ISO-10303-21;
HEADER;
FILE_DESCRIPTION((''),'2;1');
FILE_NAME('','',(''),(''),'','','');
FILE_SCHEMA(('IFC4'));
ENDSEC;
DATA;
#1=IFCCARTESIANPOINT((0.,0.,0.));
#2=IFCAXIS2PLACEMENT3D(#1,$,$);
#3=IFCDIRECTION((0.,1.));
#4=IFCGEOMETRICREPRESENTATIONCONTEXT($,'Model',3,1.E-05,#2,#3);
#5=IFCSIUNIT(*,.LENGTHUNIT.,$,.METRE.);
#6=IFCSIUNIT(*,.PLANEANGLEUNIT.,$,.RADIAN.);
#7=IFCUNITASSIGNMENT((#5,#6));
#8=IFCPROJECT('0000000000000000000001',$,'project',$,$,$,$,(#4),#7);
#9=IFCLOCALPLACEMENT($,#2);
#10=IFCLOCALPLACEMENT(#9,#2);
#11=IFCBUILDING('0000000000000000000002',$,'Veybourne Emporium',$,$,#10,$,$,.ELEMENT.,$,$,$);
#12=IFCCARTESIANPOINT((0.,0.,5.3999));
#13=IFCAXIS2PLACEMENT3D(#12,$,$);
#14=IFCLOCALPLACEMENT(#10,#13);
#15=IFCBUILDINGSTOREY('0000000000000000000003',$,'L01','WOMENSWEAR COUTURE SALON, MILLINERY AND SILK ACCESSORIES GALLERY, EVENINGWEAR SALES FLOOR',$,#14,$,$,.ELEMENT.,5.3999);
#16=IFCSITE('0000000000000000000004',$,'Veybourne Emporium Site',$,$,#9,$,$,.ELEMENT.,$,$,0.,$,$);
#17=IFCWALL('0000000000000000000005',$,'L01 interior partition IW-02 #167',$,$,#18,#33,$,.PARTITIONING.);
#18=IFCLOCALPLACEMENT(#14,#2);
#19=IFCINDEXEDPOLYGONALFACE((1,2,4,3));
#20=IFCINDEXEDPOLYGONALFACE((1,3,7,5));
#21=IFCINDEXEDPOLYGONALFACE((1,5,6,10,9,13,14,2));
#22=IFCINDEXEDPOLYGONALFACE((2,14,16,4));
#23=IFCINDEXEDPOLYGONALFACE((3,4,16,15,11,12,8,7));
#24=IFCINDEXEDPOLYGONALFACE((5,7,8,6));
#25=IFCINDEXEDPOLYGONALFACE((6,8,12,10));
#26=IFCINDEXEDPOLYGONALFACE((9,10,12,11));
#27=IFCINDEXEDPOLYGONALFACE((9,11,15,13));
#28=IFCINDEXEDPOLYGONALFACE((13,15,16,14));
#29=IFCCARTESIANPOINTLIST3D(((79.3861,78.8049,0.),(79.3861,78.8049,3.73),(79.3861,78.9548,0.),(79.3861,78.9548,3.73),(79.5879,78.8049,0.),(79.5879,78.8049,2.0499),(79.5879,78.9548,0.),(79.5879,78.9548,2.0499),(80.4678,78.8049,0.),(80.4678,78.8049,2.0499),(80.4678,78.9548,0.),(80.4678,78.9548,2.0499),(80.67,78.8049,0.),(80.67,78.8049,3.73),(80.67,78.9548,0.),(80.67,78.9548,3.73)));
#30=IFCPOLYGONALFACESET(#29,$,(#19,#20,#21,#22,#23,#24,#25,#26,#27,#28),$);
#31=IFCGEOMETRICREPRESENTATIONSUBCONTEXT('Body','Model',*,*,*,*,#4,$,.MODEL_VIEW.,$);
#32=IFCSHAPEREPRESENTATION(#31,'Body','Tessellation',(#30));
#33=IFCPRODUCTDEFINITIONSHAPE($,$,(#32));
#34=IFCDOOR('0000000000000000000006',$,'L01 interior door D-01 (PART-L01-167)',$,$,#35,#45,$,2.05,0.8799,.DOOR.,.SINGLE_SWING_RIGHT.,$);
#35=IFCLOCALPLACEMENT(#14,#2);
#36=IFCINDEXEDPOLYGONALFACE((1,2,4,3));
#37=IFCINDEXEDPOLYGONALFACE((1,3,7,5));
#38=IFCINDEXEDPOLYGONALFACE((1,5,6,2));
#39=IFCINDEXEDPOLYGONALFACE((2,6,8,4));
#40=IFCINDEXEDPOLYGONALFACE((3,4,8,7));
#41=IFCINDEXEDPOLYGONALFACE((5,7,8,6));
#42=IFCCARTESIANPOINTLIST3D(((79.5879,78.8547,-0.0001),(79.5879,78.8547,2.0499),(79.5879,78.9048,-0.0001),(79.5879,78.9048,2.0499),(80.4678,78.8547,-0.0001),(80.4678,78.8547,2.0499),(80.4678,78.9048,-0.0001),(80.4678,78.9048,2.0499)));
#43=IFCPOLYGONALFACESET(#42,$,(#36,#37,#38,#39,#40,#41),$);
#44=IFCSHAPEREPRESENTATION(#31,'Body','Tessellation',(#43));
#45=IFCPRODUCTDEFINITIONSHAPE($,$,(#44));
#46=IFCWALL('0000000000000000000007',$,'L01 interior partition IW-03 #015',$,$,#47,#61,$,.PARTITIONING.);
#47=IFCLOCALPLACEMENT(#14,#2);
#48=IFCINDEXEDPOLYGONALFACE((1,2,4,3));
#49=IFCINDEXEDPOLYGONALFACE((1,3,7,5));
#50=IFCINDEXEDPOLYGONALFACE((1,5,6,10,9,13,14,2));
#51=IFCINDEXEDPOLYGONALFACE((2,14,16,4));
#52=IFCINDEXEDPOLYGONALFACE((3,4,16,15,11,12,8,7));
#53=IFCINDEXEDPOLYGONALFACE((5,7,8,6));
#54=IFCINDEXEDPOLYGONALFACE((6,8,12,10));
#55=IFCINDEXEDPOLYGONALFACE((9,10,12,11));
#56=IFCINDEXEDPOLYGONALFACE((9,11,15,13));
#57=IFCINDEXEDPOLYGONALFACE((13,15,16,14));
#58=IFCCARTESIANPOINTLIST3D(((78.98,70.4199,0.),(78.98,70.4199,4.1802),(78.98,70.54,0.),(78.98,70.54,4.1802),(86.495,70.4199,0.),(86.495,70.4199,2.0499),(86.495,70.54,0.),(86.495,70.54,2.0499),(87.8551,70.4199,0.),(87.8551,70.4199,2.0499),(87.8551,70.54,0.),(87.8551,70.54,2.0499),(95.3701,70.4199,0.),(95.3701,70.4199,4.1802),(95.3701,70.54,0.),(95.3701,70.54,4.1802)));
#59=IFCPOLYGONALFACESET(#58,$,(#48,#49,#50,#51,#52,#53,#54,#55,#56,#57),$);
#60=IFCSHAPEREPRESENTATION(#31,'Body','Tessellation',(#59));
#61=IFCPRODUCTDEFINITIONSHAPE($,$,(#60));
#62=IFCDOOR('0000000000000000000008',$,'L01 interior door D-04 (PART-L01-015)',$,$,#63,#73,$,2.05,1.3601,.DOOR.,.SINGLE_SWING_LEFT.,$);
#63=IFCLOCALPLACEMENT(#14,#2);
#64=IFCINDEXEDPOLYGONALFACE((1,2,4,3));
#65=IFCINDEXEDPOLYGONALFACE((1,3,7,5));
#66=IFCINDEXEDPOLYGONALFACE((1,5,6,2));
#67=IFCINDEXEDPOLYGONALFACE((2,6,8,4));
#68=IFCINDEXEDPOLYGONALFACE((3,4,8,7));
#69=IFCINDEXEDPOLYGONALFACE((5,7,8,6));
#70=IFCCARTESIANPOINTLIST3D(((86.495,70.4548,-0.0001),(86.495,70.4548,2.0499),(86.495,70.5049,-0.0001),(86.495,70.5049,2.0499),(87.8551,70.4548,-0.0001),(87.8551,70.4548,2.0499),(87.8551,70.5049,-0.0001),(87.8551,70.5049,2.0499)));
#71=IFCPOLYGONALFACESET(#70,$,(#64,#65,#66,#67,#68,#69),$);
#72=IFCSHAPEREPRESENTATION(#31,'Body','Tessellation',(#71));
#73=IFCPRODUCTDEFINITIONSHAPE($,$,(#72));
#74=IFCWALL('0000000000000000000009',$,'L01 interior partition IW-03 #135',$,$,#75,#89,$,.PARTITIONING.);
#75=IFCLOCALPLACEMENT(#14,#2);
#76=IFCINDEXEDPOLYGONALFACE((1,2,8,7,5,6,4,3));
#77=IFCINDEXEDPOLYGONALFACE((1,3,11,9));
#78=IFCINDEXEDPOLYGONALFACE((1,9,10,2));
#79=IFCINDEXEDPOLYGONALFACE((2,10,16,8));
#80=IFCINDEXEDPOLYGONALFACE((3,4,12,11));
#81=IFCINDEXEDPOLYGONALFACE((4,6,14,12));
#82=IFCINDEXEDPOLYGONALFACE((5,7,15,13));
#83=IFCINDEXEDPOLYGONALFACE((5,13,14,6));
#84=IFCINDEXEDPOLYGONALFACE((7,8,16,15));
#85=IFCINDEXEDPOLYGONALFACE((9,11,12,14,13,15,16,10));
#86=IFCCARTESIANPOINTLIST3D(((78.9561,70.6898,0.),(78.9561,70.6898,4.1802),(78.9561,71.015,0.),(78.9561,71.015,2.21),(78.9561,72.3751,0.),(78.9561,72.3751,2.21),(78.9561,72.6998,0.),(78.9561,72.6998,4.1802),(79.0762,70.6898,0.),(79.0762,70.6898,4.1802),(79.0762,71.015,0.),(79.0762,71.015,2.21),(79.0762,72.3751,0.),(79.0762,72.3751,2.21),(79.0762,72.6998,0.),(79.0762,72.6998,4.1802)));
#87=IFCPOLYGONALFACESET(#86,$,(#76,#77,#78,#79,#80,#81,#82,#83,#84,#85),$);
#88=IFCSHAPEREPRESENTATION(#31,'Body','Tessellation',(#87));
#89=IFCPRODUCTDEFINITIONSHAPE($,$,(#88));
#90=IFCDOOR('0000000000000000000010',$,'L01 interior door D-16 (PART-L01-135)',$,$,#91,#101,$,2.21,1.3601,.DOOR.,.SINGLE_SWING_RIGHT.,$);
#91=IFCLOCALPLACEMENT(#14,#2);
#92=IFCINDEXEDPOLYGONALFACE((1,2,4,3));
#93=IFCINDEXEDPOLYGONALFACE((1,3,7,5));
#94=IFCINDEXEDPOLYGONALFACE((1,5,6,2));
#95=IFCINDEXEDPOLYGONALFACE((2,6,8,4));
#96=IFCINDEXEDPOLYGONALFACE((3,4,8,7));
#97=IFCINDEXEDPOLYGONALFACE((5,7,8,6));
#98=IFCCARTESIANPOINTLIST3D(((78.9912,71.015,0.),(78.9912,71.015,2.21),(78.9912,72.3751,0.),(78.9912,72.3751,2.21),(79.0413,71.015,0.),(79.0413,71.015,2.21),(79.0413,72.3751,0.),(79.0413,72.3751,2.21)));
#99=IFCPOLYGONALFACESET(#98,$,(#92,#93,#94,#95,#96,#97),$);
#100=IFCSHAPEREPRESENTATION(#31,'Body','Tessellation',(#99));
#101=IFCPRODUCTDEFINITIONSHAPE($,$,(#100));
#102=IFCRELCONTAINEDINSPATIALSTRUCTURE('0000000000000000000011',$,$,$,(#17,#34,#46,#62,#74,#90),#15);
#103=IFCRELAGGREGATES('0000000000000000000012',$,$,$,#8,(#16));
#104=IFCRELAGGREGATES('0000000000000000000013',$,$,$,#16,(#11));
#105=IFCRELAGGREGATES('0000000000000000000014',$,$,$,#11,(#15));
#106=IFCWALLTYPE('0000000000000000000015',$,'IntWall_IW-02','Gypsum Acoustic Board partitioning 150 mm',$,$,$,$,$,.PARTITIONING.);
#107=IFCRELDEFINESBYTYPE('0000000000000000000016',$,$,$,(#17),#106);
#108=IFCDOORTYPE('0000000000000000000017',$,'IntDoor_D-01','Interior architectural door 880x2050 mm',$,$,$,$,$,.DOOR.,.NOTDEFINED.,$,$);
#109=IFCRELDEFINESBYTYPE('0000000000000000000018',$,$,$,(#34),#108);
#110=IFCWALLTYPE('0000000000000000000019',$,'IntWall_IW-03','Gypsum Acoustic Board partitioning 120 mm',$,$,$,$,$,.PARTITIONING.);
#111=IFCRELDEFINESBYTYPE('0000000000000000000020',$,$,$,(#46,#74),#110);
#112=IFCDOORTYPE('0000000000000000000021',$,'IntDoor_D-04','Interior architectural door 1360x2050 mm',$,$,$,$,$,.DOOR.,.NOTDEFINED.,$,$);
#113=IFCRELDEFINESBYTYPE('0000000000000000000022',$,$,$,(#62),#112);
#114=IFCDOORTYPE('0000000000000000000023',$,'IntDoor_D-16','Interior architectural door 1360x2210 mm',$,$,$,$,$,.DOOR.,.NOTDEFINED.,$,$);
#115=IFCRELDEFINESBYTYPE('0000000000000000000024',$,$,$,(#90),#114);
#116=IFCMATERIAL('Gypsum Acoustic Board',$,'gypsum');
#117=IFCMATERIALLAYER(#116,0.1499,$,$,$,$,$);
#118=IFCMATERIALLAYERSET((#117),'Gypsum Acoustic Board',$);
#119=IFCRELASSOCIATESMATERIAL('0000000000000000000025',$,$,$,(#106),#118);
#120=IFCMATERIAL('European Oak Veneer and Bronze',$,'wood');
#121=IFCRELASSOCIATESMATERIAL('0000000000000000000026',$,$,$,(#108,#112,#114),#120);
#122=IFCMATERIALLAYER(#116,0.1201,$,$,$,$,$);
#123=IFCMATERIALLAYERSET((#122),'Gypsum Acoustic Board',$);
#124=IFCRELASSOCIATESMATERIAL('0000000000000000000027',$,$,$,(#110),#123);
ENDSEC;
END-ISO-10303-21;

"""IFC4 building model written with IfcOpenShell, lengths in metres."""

from ifc_helpers import new_model, si_unit, direction, frame, frame_2d, origin, place, context, subcontext, project, spatial, rectangle, extrude, material, layer, layer_set, type_object, element, fill, save


model = new_model("IFC4")

# Units and contexts
model_context = context("Model", 3, precision=1e-05, world=origin(), true_north=direction((0.0, 1.0)))
body_context = subcontext(model_context, "Body", "Model", "MODEL_VIEW")
ifc_project = project(units=[si_unit("LENGTHUNIT", "METRE"), si_unit("PLANEANGLEUNIT", "RADIAN")], contexts=[model_context])

# Site, building, storey
site_placement = place(None, origin())
site = spatial("IfcSite", under=ifc_project, at=site_placement, Name="Veybourne Emporium Site", CompositionType="ELEMENT", RefElevation=0.0)
building_placement = place(site_placement, origin())
building = spatial("IfcBuilding", under=site, at=building_placement, Name="Veybourne Emporium", CompositionType="ELEMENT")
storey_placement = place(building_placement, frame((0.0, 0.0, 5.3999)))
storey = spatial("IfcBuildingStorey", under=building, at=storey_placement, Name="L01", Description="WOMENSWEAR COUTURE SALON, MILLINERY AND SILK ACCESSORIES GALLERY, EVENINGWEAR SALES FLOOR", CompositionType="ELEMENT", Elevation=5.3999)

# Shared definitions
ifc_material_1 = material(Name="Gypsum Acoustic Board", Category="gypsum")
ifc_layer_1 = layer(ifc_material_1, 0.1499)
ifc_layer_set_1 = layer_set([ifc_layer_1], Name="Gypsum Acoustic Board")
wall_type_1 = type_object("IfcWallType", Name="IntWall_IW-02", Description="Gypsum Acoustic Board partitioning 150 mm", PredefinedType="PARTITIONING", material=ifc_layer_set_1)
ifc_material_2 = material(Name="European Oak Veneer and Bronze", Category="wood")

# Walls, openings, doors
door_type_1 = type_object("IfcDoorType", Name="IntDoor_D-01", Description="Interior architectural door 880x2050 mm", OperationType="NOTDEFINED", PredefinedType="DOOR", material=ifc_material_2)
wall_1_placement = place(storey_placement, frame((79.386, 78.8799, 0.0), z_axis=(0.0, 0.0, 1.0), x_axis=(1.0, 0.0, 0.0)))
wall_1 = element("IfcWall", 1, at=wall_1_placement, inside=storey, type_object=wall_type_1, Name="L01 interior partition IW-02 #167", PredefinedType="PARTITIONING", context=body_context, shape_type="SweptSolid", body=[
    extrude(rectangle(XDim=1.2839, YDim=0.1499, at=frame_2d((0.6421, 0.0))), origin(), (0.0, 0.0, 1.0), 3.73),
])
opening_1_placement = place(wall_1_placement, frame((0.2019, 0.0, 0.0)))
opening_1 = element("IfcOpeningElement", 2, at=opening_1_placement, cuts=wall_1, PredefinedType="OPENING", context=body_context, shape_type="SweptSolid", body=[
    extrude(rectangle(XDim=0.8799, YDim=2.05, at=frame_2d((0.4399, 1.0249))), frame((0.0, 0.095, 0.0), z_axis=(0.0, -1.0, 0.0), x_axis=(1.0, 0.0, 0.0)), (0.0, 0.0, 1.0), 0.1899),
])
door_1_placement = place(opening_1_placement, origin())
door_1 = element("IfcDoor", 3, at=door_1_placement, inside=storey, type_object=door_type_1, Name="L01 interior door D-01 (PART-L01-167)", OperationType="SINGLE_SWING_RIGHT", OverallHeight=2.05, OverallWidth=0.8799, PredefinedType="DOOR", context=body_context, shape_type="SweptSolid", body=[
    extrude(rectangle(XDim=0.8799, YDim=2.05, at=frame_2d((0.4399, 1.0249))), frame((0.0, 0.0249, 0.0), z_axis=(0.0, -1.0, 0.0), x_axis=(1.0, 0.0, 0.0)), (0.0, 0.0, 1.0), 0.05),
])
fill(opening_1, door_1)
ifc_layer_2 = layer(ifc_material_1, 0.1201)
ifc_layer_set_2 = layer_set([ifc_layer_2], Name="Gypsum Acoustic Board")
wall_type_2 = type_object("IfcWallType", Name="IntWall_IW-03", Description="Gypsum Acoustic Board partitioning 120 mm", PredefinedType="PARTITIONING", material=ifc_layer_set_2)
wall_2_placement = place(storey_placement, frame((78.98, 70.48, 0.0), z_axis=(0.0, 0.0, 1.0), x_axis=(1.0, 0.0, 0.0)))
wall_2 = element("IfcWall", 4, at=wall_2_placement, inside=storey, type_object=wall_type_2, Name="L01 interior partition IW-03 #015", PredefinedType="PARTITIONING", context=body_context, shape_type="SweptSolid", body=[
    extrude(rectangle(XDim=16.3901, YDim=0.1201, at=frame_2d((8.1951, 0.0))), origin(), (0.0, 0.0, 1.0), 4.1802),
])
opening_2_placement = place(wall_2_placement, frame((7.5149, 0.0, 0.0)))
opening_2 = element("IfcOpeningElement", 5, at=opening_2_placement, cuts=wall_2, PredefinedType="OPENING", context=body_context, shape_type="SweptSolid", body=[
    extrude(rectangle(XDim=1.3601, YDim=2.05, at=frame_2d((0.6802, 1.0249))), frame((0.0, 0.0801, 0.0), z_axis=(0.0, -1.0, 0.0), x_axis=(1.0, 0.0, 0.0)), (0.0, 0.0, 1.0), 0.1602),
])
door_type_2 = type_object("IfcDoorType", Name="IntDoor_D-04", Description="Interior architectural door 1360x2050 mm", OperationType="NOTDEFINED", PredefinedType="DOOR", material=ifc_material_2)
door_2_placement = place(opening_2_placement, origin())
door_2 = element("IfcDoor", 6, at=door_2_placement, inside=storey, type_object=door_type_2, Name="L01 interior door D-04 (PART-L01-015)", OperationType="SINGLE_SWING_LEFT", OverallHeight=2.05, OverallWidth=1.3601, PredefinedType="DOOR", context=body_context, shape_type="SweptSolid", body=[
    extrude(rectangle(XDim=1.3601, YDim=2.05, at=frame_2d((0.6802, 1.0249))), frame((0.0, 0.0249, 0.0), z_axis=(0.0, -1.0, 0.0), x_axis=(1.0, 0.0, 0.0)), (0.0, 0.0, 1.0), 0.05),
])
fill(opening_2, door_2)
wall_3_placement = place(storey_placement, frame((79.0161, 70.6899, 0.0), z_axis=(0.0, 0.0, 1.0), x_axis=(0.0, 1.0, 0.0)))
wall_3 = element("IfcWall", 7, at=wall_3_placement, inside=storey, type_object=wall_type_2, Name="L01 interior partition IW-03 #135", PredefinedType="PARTITIONING", context=body_context, shape_type="SweptSolid", body=[
    extrude(rectangle(XDim=2.01, YDim=0.1201, at=frame_2d((1.0049, 0.0))), origin(), (0.0, 0.0, 1.0), 4.1802),
])
opening_3_placement = place(wall_3_placement, frame((0.325, 0.0, 0.0)))
opening_3 = element("IfcOpeningElement", 8, at=opening_3_placement, cuts=wall_3, PredefinedType="OPENING", context=body_context, shape_type="SweptSolid", body=[
    extrude(rectangle(XDim=1.3601, YDim=2.21, at=frame_2d((0.6802, 1.105))), frame((0.0, 0.0801, 0.0), z_axis=(0.0, -1.0, 0.0), x_axis=(1.0, 0.0, 0.0)), (0.0, 0.0, 1.0), 0.1602),
])
door_type_3 = type_object("IfcDoorType", Name="IntDoor_D-16", Description="Interior architectural door 1360x2210 mm", OperationType="NOTDEFINED", PredefinedType="DOOR", material=ifc_material_2)
door_3_placement = place(opening_3_placement, origin())
door_3 = element("IfcDoor", 9, at=door_3_placement, inside=storey, type_object=door_type_3, Name="L01 interior door D-16 (PART-L01-135)", OperationType="SINGLE_SWING_RIGHT", OverallHeight=2.21, OverallWidth=1.3601, PredefinedType="DOOR", context=body_context, shape_type="SweptSolid", body=[
    extrude(rectangle(XDim=1.3601, YDim=2.21, at=frame_2d((0.6802, 1.105))), frame((0.0, 0.0249, 0.0), z_axis=(0.0, -1.0, 0.0), x_axis=(1.0, 0.0, 0.0)), (0.0, 0.0, 1.0), 0.05),
])
fill(opening_3, door_3)

save(model, "model.ifc")
